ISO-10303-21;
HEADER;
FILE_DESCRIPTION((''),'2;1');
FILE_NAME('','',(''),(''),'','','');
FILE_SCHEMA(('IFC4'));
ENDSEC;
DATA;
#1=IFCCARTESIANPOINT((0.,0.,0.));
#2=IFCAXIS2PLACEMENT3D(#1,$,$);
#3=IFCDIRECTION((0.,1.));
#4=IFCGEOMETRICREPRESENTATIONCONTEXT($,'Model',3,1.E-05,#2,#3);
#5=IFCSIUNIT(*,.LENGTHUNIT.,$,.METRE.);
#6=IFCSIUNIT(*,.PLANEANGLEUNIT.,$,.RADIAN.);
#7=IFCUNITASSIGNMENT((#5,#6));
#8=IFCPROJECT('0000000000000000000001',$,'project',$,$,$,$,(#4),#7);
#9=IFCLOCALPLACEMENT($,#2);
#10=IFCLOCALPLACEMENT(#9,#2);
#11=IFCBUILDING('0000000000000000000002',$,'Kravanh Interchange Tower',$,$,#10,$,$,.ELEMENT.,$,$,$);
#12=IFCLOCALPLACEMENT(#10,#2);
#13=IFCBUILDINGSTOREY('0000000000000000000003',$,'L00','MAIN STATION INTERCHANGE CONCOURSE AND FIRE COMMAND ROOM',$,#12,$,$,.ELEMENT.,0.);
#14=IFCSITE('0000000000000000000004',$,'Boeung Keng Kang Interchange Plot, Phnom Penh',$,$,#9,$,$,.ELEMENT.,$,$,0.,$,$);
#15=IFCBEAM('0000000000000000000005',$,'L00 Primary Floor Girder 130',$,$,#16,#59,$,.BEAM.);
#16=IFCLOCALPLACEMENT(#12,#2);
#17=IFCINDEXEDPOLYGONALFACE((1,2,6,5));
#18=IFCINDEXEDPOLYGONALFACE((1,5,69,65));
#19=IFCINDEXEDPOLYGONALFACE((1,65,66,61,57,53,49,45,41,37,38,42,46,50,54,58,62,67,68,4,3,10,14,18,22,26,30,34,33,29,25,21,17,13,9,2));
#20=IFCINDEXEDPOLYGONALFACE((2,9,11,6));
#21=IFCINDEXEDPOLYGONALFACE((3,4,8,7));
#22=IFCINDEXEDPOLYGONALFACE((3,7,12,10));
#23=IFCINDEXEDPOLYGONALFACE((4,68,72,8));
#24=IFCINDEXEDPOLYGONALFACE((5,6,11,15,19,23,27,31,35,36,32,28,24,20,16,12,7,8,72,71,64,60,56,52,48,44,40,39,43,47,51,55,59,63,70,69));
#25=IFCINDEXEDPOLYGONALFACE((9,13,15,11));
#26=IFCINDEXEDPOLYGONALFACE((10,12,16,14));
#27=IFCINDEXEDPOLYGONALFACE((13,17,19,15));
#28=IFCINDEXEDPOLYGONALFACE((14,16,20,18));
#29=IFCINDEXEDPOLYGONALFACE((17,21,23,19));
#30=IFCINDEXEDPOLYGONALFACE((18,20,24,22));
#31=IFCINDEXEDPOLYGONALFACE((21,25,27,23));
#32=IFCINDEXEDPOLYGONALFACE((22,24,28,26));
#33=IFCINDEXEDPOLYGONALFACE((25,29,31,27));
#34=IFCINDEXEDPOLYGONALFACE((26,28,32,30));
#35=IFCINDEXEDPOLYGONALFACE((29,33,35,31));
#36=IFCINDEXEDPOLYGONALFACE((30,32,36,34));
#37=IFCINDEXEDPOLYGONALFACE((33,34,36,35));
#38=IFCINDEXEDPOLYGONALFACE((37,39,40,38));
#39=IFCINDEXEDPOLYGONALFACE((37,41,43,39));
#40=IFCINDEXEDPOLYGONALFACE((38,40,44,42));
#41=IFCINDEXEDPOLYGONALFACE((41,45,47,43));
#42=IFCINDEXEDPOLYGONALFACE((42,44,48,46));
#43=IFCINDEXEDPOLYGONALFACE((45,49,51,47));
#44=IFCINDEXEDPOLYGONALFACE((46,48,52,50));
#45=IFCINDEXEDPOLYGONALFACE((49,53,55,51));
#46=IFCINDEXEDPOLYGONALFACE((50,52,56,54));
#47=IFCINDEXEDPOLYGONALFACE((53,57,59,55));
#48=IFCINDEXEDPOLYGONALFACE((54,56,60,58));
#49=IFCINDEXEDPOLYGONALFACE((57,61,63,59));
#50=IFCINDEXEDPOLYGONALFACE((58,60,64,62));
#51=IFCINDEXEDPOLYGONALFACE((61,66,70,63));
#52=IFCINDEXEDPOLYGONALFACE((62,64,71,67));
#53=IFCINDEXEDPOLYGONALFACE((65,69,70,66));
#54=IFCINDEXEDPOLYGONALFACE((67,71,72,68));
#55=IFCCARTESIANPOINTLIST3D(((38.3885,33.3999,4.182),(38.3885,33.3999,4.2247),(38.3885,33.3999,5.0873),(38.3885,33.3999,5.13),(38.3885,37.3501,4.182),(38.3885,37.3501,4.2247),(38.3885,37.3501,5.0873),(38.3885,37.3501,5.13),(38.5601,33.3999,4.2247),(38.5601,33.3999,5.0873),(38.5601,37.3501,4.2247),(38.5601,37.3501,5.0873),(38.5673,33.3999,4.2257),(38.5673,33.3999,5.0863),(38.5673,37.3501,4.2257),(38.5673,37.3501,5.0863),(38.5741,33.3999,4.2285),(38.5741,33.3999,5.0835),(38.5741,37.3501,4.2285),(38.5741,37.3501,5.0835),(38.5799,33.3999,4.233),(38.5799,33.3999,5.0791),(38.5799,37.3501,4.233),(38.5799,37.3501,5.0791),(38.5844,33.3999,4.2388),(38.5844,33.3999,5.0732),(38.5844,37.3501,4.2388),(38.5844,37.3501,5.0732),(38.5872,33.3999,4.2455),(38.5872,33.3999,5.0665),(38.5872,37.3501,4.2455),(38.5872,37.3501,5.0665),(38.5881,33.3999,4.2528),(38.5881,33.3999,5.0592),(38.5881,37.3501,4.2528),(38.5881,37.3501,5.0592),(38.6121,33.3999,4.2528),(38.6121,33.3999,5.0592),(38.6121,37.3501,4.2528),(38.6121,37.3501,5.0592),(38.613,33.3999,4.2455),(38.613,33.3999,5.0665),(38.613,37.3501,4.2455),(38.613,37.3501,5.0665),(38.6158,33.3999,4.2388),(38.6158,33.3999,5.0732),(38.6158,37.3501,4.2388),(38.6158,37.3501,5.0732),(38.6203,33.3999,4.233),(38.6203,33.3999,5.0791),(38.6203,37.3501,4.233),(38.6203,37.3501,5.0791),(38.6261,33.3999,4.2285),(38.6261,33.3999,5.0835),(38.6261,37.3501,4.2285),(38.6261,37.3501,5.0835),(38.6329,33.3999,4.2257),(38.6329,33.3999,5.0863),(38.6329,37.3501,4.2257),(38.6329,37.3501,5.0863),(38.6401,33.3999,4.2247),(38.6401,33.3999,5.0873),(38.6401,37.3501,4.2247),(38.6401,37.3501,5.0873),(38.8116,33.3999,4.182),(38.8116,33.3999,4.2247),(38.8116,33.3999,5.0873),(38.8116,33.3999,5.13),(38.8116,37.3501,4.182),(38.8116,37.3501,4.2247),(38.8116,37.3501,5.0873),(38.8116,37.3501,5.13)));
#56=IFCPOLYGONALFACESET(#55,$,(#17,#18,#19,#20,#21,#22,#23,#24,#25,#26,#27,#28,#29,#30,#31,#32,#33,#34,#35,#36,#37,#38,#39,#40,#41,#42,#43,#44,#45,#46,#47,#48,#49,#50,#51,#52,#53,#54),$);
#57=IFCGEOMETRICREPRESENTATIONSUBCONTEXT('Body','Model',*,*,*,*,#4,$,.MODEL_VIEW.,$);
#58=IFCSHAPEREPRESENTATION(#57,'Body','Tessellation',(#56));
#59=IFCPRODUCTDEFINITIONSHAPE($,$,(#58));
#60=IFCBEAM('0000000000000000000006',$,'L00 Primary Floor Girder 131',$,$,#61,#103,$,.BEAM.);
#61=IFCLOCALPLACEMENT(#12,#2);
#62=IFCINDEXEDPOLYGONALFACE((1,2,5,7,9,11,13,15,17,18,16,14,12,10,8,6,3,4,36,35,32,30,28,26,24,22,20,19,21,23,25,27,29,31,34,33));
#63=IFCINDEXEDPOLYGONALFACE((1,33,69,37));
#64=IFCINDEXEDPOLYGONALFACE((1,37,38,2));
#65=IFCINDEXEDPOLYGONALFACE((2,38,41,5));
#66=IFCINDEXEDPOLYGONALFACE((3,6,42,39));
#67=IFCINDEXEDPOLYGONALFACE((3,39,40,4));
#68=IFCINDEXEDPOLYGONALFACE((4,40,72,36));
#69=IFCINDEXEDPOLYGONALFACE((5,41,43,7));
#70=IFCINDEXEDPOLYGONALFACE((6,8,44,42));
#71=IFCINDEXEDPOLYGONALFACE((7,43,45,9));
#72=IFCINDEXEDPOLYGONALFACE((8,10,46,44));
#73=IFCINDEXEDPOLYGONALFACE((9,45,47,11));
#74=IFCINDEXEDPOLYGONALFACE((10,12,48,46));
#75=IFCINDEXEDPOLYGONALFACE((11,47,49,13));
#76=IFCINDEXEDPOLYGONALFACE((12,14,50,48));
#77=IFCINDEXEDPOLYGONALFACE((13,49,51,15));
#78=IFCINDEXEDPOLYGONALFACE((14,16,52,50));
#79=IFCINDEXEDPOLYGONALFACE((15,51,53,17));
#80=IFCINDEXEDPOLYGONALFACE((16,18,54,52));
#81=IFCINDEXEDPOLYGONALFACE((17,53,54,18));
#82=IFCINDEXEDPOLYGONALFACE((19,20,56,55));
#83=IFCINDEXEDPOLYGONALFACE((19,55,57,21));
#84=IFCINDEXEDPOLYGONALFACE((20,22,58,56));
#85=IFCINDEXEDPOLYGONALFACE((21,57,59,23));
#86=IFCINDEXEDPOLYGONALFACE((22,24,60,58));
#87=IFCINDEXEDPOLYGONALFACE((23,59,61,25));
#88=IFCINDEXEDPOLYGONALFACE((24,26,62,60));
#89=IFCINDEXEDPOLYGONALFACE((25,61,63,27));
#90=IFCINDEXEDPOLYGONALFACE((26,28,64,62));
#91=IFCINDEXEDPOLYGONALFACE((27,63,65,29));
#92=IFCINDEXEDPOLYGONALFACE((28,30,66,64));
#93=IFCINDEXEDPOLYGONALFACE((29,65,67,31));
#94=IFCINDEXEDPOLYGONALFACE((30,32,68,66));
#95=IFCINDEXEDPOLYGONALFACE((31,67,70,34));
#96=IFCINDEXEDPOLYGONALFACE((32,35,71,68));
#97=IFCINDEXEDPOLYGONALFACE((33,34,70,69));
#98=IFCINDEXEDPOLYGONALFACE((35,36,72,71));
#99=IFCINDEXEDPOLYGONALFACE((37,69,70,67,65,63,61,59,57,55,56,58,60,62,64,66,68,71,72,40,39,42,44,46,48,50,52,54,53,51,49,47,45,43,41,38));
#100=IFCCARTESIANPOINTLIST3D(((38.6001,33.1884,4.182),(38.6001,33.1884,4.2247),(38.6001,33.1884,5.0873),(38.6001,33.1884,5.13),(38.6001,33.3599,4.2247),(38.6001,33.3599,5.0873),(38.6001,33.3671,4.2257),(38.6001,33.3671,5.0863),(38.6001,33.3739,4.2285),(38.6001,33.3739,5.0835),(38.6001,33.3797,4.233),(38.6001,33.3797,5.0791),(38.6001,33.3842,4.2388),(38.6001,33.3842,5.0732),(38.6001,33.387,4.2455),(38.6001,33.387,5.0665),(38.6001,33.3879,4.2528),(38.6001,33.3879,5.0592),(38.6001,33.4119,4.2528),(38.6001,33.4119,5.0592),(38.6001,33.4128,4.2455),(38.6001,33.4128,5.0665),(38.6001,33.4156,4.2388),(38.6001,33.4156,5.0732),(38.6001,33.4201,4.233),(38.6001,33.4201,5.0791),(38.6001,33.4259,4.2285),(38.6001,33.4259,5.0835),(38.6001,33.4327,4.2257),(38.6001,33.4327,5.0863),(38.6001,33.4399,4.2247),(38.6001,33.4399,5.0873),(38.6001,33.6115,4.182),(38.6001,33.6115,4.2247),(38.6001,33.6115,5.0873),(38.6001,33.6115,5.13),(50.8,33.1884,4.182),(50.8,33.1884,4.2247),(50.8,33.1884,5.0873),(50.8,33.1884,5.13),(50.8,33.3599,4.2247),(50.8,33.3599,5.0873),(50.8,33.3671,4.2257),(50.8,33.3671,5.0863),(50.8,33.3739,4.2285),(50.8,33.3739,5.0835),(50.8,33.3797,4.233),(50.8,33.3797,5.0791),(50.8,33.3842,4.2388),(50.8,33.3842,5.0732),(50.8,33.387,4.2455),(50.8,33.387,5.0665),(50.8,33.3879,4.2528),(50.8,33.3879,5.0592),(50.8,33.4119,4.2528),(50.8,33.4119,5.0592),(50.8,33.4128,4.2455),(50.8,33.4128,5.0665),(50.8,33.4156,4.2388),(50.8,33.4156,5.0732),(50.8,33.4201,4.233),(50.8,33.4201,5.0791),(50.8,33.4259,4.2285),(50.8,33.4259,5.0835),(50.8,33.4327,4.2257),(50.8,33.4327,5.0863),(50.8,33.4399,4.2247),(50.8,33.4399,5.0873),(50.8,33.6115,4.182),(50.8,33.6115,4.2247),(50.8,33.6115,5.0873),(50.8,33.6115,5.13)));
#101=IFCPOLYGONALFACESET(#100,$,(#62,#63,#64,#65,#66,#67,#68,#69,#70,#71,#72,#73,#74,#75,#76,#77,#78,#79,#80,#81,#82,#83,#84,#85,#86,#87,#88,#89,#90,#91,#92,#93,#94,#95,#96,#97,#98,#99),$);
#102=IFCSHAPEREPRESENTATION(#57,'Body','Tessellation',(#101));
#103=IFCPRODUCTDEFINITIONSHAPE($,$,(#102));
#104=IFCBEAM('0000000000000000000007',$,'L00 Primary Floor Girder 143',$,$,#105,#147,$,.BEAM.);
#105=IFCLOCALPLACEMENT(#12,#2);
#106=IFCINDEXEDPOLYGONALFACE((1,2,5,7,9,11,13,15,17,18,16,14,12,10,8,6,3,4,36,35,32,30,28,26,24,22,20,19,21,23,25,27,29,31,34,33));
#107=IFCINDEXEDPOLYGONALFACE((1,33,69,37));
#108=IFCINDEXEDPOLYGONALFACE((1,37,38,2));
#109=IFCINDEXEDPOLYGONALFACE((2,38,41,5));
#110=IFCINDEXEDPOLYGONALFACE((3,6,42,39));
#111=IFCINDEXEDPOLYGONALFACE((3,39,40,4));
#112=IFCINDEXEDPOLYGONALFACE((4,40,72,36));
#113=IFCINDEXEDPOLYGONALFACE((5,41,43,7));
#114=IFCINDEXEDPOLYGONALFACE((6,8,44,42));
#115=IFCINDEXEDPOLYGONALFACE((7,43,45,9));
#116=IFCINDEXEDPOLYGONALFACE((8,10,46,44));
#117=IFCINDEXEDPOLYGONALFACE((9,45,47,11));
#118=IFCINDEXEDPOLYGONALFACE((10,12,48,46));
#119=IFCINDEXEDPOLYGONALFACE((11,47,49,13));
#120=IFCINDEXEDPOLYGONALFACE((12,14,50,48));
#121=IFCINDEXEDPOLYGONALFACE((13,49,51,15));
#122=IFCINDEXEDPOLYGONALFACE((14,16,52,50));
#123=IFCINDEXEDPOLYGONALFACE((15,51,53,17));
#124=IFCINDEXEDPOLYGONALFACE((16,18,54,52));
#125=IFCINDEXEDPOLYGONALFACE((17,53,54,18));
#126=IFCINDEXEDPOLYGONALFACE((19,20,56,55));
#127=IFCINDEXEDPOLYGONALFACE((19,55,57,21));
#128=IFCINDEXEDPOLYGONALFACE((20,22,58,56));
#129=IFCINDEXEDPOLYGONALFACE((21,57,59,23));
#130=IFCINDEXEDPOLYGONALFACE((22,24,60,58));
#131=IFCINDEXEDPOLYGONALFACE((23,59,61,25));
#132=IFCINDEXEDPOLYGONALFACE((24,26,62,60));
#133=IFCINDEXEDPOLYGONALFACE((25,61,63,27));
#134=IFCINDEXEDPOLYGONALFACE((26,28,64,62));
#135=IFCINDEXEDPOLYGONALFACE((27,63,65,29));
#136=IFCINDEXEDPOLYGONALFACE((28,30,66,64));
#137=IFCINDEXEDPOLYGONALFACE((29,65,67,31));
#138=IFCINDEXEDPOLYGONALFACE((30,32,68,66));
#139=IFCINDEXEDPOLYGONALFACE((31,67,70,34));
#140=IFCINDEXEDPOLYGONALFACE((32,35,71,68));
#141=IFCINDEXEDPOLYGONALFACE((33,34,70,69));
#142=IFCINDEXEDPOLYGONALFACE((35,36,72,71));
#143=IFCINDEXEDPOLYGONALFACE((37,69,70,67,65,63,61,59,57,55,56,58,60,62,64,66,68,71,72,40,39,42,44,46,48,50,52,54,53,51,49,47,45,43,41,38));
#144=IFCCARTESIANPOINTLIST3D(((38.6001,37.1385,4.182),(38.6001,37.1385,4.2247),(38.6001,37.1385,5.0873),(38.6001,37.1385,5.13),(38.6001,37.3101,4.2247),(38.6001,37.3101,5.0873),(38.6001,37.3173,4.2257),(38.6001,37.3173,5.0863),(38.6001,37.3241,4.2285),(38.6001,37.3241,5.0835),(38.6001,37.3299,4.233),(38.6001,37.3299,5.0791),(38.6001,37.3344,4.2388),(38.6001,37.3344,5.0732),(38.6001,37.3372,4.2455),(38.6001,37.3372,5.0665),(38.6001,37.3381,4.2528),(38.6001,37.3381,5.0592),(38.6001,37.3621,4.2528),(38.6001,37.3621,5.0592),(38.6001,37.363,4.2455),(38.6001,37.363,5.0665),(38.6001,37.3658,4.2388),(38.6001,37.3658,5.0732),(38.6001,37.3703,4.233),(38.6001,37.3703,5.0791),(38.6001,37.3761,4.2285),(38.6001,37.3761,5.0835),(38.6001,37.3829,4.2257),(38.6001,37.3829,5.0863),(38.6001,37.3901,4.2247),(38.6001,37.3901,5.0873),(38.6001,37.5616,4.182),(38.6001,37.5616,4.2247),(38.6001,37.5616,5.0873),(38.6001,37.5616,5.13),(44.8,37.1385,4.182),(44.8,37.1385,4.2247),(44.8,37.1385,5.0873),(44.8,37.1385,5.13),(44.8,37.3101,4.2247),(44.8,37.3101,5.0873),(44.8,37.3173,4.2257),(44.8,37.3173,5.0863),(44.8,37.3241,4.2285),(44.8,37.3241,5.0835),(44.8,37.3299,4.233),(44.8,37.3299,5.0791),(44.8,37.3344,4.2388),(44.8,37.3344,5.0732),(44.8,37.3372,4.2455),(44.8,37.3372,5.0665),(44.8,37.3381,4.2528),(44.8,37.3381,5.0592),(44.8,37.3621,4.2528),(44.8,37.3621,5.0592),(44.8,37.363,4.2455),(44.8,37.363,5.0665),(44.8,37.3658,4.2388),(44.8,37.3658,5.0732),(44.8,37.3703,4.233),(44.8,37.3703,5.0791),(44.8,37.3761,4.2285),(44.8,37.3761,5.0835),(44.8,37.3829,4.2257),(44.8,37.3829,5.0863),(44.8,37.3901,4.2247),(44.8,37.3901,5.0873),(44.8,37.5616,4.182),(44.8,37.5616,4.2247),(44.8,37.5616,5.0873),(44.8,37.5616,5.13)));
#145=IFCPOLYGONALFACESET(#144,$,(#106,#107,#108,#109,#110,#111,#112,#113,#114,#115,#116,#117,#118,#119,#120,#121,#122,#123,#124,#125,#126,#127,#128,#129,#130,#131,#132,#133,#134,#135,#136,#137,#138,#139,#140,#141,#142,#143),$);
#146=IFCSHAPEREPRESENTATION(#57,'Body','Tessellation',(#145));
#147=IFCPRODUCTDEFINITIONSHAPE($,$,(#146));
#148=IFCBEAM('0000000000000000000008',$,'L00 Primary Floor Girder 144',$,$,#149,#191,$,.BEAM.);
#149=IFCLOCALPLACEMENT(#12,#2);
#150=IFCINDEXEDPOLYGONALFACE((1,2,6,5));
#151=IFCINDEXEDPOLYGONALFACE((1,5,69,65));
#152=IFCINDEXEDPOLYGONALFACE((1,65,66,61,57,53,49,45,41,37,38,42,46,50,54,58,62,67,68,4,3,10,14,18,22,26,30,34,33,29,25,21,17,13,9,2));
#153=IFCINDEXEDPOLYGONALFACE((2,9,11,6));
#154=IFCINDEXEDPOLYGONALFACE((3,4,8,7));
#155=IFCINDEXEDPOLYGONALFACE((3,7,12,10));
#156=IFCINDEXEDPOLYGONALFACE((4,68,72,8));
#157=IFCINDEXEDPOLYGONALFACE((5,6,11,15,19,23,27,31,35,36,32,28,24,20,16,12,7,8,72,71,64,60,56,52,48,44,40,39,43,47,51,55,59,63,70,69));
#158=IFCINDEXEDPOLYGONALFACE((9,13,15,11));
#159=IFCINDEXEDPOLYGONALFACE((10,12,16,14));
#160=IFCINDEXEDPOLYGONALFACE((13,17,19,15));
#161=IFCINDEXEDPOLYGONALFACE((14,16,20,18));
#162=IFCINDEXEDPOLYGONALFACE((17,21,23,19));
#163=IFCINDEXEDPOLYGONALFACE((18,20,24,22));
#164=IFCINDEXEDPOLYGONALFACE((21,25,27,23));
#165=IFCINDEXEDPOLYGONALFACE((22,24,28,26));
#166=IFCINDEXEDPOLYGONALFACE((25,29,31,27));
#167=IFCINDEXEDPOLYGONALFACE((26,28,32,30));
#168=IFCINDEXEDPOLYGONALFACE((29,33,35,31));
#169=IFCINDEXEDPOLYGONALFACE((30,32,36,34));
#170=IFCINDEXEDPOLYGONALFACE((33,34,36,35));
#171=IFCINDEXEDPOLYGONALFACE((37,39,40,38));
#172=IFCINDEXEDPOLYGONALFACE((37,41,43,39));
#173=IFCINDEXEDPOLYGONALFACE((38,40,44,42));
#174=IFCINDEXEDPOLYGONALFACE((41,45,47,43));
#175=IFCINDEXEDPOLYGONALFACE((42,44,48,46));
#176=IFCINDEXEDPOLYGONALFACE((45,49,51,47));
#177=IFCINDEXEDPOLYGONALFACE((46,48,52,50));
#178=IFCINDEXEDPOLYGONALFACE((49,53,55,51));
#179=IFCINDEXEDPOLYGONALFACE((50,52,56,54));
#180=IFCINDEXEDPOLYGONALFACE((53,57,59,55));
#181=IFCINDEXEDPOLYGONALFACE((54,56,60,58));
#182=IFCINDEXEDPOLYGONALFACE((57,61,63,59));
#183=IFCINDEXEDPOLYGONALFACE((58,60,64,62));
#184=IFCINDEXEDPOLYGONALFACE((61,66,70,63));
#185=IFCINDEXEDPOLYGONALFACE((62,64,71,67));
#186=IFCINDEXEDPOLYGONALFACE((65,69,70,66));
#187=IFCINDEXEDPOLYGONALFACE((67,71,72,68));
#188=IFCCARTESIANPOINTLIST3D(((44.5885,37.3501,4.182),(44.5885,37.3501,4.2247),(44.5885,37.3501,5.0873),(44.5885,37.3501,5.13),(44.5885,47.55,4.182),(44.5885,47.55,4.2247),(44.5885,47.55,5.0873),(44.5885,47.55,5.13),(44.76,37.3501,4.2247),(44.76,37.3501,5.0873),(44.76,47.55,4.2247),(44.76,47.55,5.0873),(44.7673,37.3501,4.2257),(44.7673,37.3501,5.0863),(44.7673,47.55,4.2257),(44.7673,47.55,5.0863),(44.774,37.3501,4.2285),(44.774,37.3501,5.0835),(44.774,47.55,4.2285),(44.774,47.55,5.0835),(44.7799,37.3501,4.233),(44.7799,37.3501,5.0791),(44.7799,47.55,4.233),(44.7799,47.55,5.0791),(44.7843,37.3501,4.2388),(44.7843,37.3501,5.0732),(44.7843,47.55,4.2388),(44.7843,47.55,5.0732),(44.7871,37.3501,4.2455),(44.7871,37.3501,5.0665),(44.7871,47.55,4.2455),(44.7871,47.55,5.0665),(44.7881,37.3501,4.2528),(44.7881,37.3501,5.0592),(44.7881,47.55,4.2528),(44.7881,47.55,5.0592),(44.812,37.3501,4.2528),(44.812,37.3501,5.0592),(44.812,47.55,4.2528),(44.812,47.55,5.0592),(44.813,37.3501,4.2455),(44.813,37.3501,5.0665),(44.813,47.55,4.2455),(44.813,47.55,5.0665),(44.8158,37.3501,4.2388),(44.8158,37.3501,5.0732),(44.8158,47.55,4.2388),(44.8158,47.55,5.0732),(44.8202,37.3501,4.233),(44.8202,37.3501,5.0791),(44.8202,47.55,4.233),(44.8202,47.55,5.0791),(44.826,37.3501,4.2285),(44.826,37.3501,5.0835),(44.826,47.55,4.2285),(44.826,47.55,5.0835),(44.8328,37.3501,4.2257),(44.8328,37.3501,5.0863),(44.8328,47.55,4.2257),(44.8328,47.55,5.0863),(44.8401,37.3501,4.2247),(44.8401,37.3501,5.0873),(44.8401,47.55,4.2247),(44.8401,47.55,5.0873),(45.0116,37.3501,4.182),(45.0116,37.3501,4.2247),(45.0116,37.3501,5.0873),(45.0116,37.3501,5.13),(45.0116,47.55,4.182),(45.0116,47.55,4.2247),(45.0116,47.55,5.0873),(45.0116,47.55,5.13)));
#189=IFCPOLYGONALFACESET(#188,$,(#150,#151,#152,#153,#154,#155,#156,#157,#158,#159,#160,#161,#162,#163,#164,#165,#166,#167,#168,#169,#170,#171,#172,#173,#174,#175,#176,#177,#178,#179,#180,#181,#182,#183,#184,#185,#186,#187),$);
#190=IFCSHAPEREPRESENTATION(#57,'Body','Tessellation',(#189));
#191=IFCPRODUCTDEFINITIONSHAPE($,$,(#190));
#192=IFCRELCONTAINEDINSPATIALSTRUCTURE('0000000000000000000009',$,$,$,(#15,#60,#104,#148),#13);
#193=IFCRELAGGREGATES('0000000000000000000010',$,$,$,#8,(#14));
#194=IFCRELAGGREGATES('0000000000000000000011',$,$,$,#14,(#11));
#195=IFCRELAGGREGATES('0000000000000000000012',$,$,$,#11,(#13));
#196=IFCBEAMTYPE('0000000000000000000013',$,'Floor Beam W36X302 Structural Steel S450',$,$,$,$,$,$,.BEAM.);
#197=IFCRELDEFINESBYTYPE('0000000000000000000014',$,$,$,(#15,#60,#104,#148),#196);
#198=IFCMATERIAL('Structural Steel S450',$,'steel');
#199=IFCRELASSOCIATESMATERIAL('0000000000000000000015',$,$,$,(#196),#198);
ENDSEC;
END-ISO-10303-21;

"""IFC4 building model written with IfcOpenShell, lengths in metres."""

from ifc_helpers import new_model, si_unit, direction, frame, origin, origin_2d, place, context, subcontext, project, spatial, i_section, extrude, material, material_profile, profile_set, type_object, element, save


model = new_model("IFC4")

# Units and contexts
model_context = context("Model", 3, precision=1e-05, world=origin(), true_north=direction((0.0, 1.0)))
body_context = subcontext(model_context, "Body", "Model", "MODEL_VIEW")
ifc_project = project(units=[si_unit("LENGTHUNIT", "METRE"), si_unit("PLANEANGLEUNIT", "RADIAN")], contexts=[model_context])

# Site, building, storey
site_placement = place(None, origin())
site = spatial("IfcSite", under=ifc_project, at=site_placement, Name="Boeung Keng Kang Interchange Plot, Phnom Penh", CompositionType="ELEMENT", RefElevation=0.0)
building_placement = place(site_placement, origin())
building = spatial("IfcBuilding", under=site, at=building_placement, Name="Kravanh Interchange Tower", CompositionType="ELEMENT")
storey_placement = place(building_placement, origin())
storey = spatial("IfcBuildingStorey", under=building, at=storey_placement, Name="L00", Description="MAIN STATION INTERCHANGE CONCOURSE AND FIRE COMMAND ROOM", CompositionType="ELEMENT", Elevation=0.0)

# Beams
ifc_material_1 = material(Name="Structural Steel S450", Category="steel")
ifc_material_profile_1 = material_profile(ifc_material_1, i_section(OverallWidth=0.4231, OverallDepth=0.948, WebThickness=0.0239, FlangeThickness=0.0427, FilletRadius=0.0281, at=origin_2d()), Name="W36X302")
ifc_profile_set_1 = profile_set([ifc_material_profile_1], Name="Structural Steel S450")
beam_type_1 = type_object("IfcBeamType", Name="Floor Beam W36X302 Structural Steel S450", PredefinedType="BEAM", material=ifc_profile_set_1)
beam_1_placement = place(storey_placement, frame((38.6001, 33.3999, 4.656), z_axis=(0.0, 1.0, 0.0), x_axis=(-1.0, 0.0, 0.0)))
element("IfcBeam", 1, at=beam_1_placement, inside=storey, type_object=beam_type_1, Name="L00 Primary Floor Girder 130", PredefinedType="BEAM", context=body_context, shape_type="SweptSolid", body=[
    extrude(i_section(OverallWidth=0.4231, OverallDepth=0.948, WebThickness=0.0239, FlangeThickness=0.0427, FilletRadius=0.0281, at=origin_2d()), origin(), (0.0, 0.0, 1.0), 3.9502),
])
beam_2_placement = place(storey_placement, frame((38.6001, 33.3999, 4.656), z_axis=(1.0, 0.0, 0.0), x_axis=(0.0, 1.0, 0.0)))
element("IfcBeam", 2, at=beam_2_placement, inside=storey, type_object=beam_type_1, Name="L00 Primary Floor Girder 131", PredefinedType="BEAM", context=body_context, shape_type="SweptSolid", body=[
    extrude(i_section(OverallWidth=0.4231, OverallDepth=0.948, WebThickness=0.0239, FlangeThickness=0.0427, FilletRadius=0.0281, at=origin_2d()), origin(), (0.0, 0.0, 1.0), 12.2),
])
beam_3_placement = place(storey_placement, frame((44.8, 37.3501, 4.656), z_axis=(-1.0, 0.0, 0.0), x_axis=(0.0, -1.0, 0.0)))
element("IfcBeam", 3, at=beam_3_placement, inside=storey, type_object=beam_type_1, Name="L00 Primary Floor Girder 143", PredefinedType="BEAM", context=body_context, shape_type="SweptSolid", body=[
    extrude(i_section(OverallWidth=0.4231, OverallDepth=0.948, WebThickness=0.0239, FlangeThickness=0.0427, FilletRadius=0.0281, at=origin_2d()), origin(), (0.0, 0.0, 1.0), 6.2),
])
beam_4_placement = place(storey_placement, frame((44.8, 37.3501, 4.656), z_axis=(0.0, 1.0, 0.0), x_axis=(-1.0, 0.0, 0.0)))
element("IfcBeam", 4, at=beam_4_placement, inside=storey, type_object=beam_type_1, Name="L00 Primary Floor Girder 144", PredefinedType="BEAM", context=body_context, shape_type="SweptSolid", body=[
    extrude(i_section(OverallWidth=0.4231, OverallDepth=0.948, WebThickness=0.0239, FlangeThickness=0.0427, FilletRadius=0.0281, at=origin_2d()), origin(), (0.0, 0.0, 1.0), 10.2),
])

save(model, "model.ifc")
